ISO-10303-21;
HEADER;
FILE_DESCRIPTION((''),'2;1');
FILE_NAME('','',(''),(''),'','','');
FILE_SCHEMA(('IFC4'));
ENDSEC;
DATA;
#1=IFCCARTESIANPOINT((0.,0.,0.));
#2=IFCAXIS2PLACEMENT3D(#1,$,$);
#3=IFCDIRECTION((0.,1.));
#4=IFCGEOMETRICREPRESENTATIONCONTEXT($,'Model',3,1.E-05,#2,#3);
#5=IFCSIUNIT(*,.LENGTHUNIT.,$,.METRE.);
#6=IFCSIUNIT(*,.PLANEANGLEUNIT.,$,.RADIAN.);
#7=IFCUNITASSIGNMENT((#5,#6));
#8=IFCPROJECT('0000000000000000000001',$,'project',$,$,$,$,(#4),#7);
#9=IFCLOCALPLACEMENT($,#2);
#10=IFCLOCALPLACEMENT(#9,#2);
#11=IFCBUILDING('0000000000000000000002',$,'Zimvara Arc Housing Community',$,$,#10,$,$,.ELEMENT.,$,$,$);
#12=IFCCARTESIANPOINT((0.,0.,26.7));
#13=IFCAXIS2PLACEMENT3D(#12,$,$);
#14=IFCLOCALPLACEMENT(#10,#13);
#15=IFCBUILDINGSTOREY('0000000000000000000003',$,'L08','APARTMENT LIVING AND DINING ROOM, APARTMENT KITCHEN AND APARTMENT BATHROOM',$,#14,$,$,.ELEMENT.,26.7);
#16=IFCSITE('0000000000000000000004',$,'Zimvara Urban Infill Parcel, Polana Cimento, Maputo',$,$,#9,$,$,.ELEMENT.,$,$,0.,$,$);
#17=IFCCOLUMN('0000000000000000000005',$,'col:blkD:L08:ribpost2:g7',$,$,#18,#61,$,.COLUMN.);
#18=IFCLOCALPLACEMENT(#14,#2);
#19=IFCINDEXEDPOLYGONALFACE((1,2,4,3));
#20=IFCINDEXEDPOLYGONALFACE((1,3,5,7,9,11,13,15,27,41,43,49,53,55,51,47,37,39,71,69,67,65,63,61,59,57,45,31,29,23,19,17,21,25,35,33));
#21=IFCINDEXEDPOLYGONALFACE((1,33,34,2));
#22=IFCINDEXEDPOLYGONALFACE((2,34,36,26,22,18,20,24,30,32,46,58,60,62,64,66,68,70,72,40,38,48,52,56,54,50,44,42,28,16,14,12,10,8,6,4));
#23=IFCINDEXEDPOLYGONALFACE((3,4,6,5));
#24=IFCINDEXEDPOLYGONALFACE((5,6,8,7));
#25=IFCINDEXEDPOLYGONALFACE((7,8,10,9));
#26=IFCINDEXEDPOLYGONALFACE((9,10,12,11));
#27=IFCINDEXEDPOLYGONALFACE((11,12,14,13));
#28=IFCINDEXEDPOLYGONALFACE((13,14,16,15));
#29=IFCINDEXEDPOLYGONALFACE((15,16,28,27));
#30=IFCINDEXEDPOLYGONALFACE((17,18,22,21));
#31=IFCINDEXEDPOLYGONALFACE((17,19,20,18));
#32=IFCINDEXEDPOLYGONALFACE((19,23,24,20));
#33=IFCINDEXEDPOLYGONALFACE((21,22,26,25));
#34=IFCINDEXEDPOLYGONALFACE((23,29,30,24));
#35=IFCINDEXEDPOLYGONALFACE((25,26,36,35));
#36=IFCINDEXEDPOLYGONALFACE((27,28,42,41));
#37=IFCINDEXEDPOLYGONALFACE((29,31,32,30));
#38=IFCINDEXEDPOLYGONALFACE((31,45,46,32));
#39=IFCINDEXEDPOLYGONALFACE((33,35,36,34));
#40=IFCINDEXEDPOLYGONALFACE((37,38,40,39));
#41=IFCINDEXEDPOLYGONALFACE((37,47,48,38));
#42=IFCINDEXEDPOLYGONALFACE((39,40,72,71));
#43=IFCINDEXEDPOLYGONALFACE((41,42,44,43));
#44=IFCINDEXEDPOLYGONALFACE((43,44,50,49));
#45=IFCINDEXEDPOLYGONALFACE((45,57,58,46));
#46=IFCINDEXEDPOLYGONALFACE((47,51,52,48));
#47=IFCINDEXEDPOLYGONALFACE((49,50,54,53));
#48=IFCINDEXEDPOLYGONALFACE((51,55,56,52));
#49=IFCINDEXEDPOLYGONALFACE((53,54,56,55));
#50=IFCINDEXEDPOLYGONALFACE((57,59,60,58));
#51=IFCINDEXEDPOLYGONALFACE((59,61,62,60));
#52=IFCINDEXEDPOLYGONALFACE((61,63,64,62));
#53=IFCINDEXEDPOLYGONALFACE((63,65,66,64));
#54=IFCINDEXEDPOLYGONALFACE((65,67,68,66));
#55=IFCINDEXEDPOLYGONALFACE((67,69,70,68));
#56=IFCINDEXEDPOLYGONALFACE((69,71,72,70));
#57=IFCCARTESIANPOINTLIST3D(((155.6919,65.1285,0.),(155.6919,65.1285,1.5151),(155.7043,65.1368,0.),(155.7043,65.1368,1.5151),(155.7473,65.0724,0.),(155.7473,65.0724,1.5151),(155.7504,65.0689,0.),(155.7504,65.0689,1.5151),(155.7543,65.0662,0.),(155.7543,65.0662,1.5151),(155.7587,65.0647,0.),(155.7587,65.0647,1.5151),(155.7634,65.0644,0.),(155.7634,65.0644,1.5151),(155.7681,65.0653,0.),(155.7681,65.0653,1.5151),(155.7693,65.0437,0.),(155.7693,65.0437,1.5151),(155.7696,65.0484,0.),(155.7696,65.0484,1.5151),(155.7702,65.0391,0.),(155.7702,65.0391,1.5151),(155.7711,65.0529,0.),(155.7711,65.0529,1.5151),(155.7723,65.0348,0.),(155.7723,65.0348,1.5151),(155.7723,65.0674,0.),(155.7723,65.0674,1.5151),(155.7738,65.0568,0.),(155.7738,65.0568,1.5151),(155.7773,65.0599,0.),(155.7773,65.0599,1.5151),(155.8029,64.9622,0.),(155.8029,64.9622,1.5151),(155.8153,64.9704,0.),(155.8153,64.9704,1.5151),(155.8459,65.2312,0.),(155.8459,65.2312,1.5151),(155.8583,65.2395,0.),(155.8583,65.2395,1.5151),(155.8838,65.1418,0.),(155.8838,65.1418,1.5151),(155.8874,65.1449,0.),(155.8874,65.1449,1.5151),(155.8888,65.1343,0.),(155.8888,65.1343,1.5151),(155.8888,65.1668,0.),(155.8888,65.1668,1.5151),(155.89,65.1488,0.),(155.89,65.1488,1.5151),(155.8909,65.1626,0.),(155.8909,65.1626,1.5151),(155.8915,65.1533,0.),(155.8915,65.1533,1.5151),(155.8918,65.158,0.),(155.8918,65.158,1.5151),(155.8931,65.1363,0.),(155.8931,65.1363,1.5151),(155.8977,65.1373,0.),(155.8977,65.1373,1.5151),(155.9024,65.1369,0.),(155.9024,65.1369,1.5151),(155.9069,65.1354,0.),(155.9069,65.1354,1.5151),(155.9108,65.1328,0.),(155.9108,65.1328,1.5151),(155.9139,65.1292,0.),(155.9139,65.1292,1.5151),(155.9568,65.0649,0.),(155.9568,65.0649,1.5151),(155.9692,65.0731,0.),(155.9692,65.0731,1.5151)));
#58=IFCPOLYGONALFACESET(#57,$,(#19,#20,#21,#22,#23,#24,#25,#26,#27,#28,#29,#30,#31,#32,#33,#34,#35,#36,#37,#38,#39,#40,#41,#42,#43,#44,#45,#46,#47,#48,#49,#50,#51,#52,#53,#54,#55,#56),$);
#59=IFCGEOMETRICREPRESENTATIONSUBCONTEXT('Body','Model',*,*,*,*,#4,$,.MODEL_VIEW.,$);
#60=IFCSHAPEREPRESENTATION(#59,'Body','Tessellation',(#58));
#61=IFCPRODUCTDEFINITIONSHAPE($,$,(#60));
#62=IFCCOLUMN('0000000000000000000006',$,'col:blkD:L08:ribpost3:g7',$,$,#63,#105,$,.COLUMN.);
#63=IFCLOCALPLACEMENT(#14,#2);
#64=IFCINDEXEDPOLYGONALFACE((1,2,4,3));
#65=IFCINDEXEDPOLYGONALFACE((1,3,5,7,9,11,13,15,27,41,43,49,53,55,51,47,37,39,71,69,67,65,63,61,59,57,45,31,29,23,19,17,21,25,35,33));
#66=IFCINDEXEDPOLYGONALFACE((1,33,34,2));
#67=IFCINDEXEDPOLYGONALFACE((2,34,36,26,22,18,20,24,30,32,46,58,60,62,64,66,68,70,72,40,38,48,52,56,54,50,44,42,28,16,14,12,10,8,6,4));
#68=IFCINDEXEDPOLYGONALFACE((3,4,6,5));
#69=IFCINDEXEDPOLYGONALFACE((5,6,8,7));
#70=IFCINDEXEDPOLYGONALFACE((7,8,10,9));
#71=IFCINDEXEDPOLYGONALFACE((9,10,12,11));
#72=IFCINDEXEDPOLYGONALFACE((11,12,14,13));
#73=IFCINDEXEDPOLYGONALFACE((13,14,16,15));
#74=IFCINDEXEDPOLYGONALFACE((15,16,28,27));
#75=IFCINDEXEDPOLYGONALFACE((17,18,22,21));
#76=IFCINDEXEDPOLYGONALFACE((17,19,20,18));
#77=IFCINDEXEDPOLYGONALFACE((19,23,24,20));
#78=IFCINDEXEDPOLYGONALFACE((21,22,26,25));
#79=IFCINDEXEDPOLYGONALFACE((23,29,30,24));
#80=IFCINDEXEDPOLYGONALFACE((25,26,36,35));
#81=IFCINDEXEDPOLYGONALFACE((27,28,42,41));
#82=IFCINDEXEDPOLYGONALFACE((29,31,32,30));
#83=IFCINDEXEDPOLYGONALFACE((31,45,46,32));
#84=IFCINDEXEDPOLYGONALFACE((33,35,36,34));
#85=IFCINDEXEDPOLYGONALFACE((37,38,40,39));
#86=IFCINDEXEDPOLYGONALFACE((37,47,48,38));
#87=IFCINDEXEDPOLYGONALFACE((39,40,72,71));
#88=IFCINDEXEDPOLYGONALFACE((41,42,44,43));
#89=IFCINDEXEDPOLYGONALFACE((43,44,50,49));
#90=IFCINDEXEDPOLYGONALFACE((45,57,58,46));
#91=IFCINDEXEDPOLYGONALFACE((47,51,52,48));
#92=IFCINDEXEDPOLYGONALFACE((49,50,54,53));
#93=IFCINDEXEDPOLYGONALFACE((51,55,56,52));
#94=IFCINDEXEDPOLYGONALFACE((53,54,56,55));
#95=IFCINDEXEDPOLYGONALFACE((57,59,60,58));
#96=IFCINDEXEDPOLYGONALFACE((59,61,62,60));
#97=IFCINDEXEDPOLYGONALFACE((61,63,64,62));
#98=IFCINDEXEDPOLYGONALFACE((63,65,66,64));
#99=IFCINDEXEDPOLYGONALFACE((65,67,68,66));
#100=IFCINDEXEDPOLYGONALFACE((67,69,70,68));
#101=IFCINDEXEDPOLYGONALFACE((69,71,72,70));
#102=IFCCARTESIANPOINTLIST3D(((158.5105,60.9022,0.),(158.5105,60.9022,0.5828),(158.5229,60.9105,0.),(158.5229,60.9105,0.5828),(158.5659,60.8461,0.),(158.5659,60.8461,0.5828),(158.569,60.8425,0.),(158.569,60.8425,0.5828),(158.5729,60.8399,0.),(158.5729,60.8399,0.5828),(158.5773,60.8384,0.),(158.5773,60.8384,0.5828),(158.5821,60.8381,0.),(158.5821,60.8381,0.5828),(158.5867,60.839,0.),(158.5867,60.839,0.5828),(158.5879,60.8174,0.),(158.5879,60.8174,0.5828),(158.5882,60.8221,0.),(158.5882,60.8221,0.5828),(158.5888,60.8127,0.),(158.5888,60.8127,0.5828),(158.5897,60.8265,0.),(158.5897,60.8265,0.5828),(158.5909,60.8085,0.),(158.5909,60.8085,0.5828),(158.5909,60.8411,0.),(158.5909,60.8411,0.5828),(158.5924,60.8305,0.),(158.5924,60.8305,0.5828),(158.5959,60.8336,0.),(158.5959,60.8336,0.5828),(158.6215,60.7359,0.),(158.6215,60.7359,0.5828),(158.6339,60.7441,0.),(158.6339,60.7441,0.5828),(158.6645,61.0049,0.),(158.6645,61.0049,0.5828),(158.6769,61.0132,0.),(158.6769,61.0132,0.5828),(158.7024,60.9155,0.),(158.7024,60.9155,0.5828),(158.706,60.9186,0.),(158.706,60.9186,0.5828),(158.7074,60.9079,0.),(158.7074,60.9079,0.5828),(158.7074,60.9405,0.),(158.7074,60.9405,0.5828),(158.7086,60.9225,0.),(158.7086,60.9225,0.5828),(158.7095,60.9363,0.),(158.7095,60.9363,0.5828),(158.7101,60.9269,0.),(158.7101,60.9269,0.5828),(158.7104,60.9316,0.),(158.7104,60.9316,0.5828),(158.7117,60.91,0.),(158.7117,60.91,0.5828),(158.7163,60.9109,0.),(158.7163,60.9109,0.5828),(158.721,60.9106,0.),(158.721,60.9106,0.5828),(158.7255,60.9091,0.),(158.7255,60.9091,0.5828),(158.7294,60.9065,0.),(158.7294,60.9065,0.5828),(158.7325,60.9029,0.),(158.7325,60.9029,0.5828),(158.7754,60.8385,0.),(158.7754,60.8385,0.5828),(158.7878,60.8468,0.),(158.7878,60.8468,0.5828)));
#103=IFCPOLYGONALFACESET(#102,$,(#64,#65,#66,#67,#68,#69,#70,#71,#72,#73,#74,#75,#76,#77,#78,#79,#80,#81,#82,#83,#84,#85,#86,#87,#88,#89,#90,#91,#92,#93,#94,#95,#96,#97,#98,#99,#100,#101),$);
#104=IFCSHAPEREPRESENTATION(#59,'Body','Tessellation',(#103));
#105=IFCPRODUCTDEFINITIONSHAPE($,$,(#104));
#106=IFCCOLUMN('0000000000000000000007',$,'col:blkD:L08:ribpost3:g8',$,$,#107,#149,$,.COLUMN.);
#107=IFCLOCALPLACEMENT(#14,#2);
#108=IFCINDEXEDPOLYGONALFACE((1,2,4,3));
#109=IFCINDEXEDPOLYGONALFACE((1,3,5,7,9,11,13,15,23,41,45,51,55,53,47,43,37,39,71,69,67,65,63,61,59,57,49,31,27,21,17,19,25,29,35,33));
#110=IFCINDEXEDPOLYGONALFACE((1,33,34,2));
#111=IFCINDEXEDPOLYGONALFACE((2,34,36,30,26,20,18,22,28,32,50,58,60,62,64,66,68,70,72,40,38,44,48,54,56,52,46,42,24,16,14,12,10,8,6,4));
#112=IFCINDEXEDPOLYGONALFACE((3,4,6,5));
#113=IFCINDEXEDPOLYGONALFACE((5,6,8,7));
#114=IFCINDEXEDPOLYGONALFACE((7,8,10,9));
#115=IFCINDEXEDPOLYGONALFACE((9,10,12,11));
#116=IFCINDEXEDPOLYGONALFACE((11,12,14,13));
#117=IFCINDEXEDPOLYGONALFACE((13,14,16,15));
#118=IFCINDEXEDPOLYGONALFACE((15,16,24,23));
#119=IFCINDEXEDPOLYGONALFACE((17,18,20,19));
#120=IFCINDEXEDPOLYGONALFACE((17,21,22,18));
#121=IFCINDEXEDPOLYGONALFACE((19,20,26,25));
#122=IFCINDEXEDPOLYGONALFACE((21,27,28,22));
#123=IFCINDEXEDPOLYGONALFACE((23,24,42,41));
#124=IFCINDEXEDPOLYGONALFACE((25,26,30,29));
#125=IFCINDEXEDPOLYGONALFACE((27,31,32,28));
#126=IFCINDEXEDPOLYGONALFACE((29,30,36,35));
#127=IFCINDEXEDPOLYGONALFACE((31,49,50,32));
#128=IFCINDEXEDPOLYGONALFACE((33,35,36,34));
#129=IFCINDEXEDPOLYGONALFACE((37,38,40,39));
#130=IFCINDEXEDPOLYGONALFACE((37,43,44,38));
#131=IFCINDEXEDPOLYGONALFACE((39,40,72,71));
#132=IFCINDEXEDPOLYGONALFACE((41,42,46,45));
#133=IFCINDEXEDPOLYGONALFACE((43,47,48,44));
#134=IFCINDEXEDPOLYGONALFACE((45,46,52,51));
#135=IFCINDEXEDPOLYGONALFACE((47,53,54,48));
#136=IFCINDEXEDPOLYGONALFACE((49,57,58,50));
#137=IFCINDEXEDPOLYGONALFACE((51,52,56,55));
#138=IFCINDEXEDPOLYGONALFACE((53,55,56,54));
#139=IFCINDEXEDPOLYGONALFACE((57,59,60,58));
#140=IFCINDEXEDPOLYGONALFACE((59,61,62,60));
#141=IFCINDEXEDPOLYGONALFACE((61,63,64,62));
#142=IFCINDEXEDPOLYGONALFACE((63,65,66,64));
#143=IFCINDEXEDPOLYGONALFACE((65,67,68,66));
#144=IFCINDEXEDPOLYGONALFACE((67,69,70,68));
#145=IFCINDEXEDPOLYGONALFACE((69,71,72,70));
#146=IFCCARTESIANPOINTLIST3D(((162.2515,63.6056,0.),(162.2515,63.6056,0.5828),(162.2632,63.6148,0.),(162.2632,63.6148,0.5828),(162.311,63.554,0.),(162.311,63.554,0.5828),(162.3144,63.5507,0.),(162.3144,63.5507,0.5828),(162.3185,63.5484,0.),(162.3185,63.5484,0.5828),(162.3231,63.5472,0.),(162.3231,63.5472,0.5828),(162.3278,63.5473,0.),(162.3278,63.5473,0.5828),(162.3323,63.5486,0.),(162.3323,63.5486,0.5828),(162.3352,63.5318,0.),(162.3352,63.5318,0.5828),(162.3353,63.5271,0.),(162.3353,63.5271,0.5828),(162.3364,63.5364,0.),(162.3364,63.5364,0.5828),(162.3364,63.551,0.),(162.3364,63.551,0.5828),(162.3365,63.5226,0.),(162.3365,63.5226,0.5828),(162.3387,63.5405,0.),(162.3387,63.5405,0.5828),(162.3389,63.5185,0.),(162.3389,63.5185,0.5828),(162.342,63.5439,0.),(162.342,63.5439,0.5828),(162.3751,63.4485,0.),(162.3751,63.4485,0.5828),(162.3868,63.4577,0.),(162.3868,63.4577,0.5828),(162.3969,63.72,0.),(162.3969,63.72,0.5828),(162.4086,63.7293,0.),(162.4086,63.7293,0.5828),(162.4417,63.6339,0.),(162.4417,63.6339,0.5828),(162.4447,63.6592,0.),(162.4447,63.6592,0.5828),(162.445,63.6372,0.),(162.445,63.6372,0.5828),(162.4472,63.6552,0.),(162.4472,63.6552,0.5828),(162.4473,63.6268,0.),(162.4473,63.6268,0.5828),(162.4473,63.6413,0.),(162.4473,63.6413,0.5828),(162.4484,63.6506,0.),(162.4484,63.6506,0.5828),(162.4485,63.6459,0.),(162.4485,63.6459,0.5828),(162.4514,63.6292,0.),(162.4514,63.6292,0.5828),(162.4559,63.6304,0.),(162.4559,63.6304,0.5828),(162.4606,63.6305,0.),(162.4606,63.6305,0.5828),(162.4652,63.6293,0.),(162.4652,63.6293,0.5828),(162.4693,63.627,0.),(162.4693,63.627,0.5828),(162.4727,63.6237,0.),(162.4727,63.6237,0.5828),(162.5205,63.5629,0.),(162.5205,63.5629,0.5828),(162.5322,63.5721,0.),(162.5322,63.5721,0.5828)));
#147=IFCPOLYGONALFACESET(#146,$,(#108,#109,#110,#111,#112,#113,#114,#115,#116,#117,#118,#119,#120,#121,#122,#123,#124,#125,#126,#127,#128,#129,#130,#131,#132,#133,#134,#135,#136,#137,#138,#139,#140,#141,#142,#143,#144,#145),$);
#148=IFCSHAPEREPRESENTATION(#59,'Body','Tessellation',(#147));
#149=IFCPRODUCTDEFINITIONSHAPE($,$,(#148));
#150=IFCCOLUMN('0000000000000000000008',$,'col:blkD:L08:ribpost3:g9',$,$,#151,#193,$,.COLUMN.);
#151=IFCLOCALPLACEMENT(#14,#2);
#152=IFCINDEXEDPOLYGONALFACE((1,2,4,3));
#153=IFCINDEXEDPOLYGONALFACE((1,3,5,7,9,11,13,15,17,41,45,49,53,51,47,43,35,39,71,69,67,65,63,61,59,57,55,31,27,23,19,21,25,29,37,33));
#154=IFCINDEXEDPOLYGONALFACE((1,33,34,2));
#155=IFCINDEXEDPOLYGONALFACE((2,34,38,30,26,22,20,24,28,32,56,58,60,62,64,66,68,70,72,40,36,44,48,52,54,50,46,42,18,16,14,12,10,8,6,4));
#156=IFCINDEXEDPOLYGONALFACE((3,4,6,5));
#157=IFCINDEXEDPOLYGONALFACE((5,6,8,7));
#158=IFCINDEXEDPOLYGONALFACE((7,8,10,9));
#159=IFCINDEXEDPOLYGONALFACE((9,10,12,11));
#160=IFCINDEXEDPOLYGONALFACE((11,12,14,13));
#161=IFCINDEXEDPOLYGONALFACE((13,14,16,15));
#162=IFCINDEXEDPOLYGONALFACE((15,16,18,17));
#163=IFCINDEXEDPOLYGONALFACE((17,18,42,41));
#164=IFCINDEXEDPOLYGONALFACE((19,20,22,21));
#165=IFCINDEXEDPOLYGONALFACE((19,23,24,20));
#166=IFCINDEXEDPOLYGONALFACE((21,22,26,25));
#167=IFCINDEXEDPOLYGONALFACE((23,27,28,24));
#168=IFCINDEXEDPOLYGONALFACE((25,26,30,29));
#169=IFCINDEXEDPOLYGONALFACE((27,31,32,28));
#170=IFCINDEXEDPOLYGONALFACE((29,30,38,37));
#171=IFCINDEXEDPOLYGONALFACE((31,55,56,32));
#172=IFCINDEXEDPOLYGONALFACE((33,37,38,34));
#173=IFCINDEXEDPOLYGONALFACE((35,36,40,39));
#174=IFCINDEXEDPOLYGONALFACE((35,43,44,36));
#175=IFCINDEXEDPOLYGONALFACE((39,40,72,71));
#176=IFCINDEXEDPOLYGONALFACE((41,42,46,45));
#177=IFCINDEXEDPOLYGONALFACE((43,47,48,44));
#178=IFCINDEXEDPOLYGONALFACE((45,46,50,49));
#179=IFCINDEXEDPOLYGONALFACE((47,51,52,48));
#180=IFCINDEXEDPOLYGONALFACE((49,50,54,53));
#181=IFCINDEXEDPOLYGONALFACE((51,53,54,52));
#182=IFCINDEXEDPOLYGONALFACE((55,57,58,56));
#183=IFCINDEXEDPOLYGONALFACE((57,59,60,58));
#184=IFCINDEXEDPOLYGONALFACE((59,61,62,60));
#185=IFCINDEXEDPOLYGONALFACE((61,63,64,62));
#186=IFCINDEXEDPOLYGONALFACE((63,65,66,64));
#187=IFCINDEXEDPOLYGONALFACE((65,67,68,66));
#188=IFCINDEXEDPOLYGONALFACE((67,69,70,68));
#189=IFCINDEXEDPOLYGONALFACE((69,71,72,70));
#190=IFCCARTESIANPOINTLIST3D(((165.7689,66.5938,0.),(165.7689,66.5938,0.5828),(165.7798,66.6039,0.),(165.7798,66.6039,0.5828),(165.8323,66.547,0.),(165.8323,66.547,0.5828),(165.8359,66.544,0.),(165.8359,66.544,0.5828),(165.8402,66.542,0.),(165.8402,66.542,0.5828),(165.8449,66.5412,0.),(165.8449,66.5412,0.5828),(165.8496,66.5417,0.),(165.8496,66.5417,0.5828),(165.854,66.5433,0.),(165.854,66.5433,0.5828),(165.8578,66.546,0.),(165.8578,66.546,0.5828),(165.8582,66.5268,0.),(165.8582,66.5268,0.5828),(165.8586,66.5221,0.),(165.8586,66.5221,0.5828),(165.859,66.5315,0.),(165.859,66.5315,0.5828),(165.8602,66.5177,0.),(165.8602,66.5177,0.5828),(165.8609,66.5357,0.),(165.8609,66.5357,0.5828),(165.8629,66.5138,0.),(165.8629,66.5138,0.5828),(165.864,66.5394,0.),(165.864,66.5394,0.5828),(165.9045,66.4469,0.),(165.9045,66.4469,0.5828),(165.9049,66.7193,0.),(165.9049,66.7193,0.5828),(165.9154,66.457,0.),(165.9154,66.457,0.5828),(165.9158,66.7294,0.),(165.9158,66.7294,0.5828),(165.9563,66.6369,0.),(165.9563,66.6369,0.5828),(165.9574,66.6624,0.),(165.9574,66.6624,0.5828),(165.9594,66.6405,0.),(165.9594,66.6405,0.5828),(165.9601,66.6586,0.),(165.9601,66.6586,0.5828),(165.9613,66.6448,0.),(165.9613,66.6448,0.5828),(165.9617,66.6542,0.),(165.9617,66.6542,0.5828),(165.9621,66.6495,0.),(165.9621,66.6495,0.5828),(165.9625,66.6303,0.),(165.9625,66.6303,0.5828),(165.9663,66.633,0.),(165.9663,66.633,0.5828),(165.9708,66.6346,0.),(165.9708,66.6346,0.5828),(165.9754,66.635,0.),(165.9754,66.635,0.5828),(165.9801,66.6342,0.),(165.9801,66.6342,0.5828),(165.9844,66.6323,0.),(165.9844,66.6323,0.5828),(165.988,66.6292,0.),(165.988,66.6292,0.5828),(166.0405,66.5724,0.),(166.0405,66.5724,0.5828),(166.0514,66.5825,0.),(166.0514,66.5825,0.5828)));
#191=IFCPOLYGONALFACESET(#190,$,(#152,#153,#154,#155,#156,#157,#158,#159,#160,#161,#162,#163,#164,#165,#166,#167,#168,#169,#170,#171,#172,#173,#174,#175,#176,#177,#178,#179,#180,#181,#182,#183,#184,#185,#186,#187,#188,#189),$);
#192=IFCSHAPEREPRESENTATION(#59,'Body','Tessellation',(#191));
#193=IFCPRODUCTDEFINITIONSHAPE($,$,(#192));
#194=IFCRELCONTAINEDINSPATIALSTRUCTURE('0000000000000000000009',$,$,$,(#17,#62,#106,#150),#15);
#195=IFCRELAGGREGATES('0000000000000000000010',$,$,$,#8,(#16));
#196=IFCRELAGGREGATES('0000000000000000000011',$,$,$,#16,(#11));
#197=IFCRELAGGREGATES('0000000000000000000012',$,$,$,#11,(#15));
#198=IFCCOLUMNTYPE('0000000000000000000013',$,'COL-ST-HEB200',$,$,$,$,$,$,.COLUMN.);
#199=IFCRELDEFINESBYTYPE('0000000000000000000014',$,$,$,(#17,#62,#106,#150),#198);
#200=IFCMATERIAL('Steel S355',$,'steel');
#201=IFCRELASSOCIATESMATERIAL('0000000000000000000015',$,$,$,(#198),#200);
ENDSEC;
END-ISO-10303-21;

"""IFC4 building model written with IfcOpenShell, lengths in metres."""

from ifc_helpers import new_model, si_unit, direction, frame, origin, origin_2d, place, context, subcontext, project, spatial, i_section, extrude, material, material_profile, profile_set, type_object, element, save


model = new_model("IFC4")

# Units and contexts
model_context = context("Model", 3, precision=1e-05, world=origin(), true_north=direction((0.0, 1.0)))
body_context = subcontext(model_context, "Body", "Model", "MODEL_VIEW")
ifc_project = project(units=[si_unit("LENGTHUNIT", "METRE"), si_unit("PLANEANGLEUNIT", "RADIAN")], contexts=[model_context])

# Site, building, storey
site_placement = place(None, origin())
site = spatial("IfcSite", under=ifc_project, at=site_placement, Name="Zimvara Urban Infill Parcel, Polana Cimento, Maputo", CompositionType="ELEMENT", RefElevation=0.0)
building_placement = place(site_placement, origin())
building = spatial("IfcBuilding", under=site, at=building_placement, Name="Zimvara Arc Housing Community", CompositionType="ELEMENT")
storey_placement = place(building_placement, frame((0.0, 0.0, 26.7)))
storey = spatial("IfcBuildingStorey", under=building, at=storey_placement, Name="L08", Description="APARTMENT LIVING AND DINING ROOM, APARTMENT KITCHEN AND APARTMENT BATHROOM", CompositionType="ELEMENT", Elevation=26.7)

# Columns
ifc_material_1 = material(Name="Steel S355", Category="steel")
ifc_material_profile_1 = material_profile(ifc_material_1, i_section(OverallWidth=0.2, OverallDepth=0.2, WebThickness=0.009, FlangeThickness=0.0149, FilletRadius=0.0181, at=origin_2d()), Name="HEB 200")
ifc_profile_set_1 = profile_set([ifc_material_profile_1], Name="Steel S355")
column_type = type_object("IfcColumnType", Name="COL-ST-HEB200", PredefinedType="COLUMN", material=ifc_profile_set_1)
column_placement = place(storey_placement, frame((155.8306, 65.1008, 0.0), z_axis=(0.0, 0.0, 1.0), x_axis=(0.554844, -0.831954, 0.0)))
element("IfcColumn", 1, at=column_placement, inside=storey, type_object=column_type, Name="col:blkD:L08:ribpost2:g7", PredefinedType="COLUMN", context=body_context, shape_type="SweptSolid", body=[
    extrude(i_section(OverallWidth=0.2, OverallDepth=0.2, WebThickness=0.009, FlangeThickness=0.0149, FilletRadius=0.0181, at=origin_2d()), origin(), (0.0, 0.0, 1.0), 1.5151),
])
for number, where, z_axis, x_axis, name in (
    (2, (158.6492, 60.8745, 0.0), (0.0, 0.0, 1.0), (0.554844, -0.831954, 0.0), "col:blkD:L08:ribpost3:g7"),
    (3, (162.3918, 63.5889, 0.0), (0.0, 0.0, 1.0), (0.618408, -0.785857, 0.0), "col:blkD:L08:ribpost3:g8"),
    (4, (165.9102, 66.5881, 0.0), (0.0, 0.0, 1.0), (0.67816, -0.734915, 0.0), "col:blkD:L08:ribpost3:g9"),
):
    element("IfcColumn", number, at=place(storey_placement, frame(where, z_axis=z_axis, x_axis=x_axis)), inside=storey, type_object=column_type, Name=name, PredefinedType="COLUMN", context=body_context, shape_type="SweptSolid", body=[
        extrude(i_section(OverallWidth=0.2, OverallDepth=0.2, WebThickness=0.009, FlangeThickness=0.0149, FilletRadius=0.0181, at=origin_2d()), origin(), (0.0, 0.0, 1.0), 0.5828),
    ])

save(model, "model.ifc")
